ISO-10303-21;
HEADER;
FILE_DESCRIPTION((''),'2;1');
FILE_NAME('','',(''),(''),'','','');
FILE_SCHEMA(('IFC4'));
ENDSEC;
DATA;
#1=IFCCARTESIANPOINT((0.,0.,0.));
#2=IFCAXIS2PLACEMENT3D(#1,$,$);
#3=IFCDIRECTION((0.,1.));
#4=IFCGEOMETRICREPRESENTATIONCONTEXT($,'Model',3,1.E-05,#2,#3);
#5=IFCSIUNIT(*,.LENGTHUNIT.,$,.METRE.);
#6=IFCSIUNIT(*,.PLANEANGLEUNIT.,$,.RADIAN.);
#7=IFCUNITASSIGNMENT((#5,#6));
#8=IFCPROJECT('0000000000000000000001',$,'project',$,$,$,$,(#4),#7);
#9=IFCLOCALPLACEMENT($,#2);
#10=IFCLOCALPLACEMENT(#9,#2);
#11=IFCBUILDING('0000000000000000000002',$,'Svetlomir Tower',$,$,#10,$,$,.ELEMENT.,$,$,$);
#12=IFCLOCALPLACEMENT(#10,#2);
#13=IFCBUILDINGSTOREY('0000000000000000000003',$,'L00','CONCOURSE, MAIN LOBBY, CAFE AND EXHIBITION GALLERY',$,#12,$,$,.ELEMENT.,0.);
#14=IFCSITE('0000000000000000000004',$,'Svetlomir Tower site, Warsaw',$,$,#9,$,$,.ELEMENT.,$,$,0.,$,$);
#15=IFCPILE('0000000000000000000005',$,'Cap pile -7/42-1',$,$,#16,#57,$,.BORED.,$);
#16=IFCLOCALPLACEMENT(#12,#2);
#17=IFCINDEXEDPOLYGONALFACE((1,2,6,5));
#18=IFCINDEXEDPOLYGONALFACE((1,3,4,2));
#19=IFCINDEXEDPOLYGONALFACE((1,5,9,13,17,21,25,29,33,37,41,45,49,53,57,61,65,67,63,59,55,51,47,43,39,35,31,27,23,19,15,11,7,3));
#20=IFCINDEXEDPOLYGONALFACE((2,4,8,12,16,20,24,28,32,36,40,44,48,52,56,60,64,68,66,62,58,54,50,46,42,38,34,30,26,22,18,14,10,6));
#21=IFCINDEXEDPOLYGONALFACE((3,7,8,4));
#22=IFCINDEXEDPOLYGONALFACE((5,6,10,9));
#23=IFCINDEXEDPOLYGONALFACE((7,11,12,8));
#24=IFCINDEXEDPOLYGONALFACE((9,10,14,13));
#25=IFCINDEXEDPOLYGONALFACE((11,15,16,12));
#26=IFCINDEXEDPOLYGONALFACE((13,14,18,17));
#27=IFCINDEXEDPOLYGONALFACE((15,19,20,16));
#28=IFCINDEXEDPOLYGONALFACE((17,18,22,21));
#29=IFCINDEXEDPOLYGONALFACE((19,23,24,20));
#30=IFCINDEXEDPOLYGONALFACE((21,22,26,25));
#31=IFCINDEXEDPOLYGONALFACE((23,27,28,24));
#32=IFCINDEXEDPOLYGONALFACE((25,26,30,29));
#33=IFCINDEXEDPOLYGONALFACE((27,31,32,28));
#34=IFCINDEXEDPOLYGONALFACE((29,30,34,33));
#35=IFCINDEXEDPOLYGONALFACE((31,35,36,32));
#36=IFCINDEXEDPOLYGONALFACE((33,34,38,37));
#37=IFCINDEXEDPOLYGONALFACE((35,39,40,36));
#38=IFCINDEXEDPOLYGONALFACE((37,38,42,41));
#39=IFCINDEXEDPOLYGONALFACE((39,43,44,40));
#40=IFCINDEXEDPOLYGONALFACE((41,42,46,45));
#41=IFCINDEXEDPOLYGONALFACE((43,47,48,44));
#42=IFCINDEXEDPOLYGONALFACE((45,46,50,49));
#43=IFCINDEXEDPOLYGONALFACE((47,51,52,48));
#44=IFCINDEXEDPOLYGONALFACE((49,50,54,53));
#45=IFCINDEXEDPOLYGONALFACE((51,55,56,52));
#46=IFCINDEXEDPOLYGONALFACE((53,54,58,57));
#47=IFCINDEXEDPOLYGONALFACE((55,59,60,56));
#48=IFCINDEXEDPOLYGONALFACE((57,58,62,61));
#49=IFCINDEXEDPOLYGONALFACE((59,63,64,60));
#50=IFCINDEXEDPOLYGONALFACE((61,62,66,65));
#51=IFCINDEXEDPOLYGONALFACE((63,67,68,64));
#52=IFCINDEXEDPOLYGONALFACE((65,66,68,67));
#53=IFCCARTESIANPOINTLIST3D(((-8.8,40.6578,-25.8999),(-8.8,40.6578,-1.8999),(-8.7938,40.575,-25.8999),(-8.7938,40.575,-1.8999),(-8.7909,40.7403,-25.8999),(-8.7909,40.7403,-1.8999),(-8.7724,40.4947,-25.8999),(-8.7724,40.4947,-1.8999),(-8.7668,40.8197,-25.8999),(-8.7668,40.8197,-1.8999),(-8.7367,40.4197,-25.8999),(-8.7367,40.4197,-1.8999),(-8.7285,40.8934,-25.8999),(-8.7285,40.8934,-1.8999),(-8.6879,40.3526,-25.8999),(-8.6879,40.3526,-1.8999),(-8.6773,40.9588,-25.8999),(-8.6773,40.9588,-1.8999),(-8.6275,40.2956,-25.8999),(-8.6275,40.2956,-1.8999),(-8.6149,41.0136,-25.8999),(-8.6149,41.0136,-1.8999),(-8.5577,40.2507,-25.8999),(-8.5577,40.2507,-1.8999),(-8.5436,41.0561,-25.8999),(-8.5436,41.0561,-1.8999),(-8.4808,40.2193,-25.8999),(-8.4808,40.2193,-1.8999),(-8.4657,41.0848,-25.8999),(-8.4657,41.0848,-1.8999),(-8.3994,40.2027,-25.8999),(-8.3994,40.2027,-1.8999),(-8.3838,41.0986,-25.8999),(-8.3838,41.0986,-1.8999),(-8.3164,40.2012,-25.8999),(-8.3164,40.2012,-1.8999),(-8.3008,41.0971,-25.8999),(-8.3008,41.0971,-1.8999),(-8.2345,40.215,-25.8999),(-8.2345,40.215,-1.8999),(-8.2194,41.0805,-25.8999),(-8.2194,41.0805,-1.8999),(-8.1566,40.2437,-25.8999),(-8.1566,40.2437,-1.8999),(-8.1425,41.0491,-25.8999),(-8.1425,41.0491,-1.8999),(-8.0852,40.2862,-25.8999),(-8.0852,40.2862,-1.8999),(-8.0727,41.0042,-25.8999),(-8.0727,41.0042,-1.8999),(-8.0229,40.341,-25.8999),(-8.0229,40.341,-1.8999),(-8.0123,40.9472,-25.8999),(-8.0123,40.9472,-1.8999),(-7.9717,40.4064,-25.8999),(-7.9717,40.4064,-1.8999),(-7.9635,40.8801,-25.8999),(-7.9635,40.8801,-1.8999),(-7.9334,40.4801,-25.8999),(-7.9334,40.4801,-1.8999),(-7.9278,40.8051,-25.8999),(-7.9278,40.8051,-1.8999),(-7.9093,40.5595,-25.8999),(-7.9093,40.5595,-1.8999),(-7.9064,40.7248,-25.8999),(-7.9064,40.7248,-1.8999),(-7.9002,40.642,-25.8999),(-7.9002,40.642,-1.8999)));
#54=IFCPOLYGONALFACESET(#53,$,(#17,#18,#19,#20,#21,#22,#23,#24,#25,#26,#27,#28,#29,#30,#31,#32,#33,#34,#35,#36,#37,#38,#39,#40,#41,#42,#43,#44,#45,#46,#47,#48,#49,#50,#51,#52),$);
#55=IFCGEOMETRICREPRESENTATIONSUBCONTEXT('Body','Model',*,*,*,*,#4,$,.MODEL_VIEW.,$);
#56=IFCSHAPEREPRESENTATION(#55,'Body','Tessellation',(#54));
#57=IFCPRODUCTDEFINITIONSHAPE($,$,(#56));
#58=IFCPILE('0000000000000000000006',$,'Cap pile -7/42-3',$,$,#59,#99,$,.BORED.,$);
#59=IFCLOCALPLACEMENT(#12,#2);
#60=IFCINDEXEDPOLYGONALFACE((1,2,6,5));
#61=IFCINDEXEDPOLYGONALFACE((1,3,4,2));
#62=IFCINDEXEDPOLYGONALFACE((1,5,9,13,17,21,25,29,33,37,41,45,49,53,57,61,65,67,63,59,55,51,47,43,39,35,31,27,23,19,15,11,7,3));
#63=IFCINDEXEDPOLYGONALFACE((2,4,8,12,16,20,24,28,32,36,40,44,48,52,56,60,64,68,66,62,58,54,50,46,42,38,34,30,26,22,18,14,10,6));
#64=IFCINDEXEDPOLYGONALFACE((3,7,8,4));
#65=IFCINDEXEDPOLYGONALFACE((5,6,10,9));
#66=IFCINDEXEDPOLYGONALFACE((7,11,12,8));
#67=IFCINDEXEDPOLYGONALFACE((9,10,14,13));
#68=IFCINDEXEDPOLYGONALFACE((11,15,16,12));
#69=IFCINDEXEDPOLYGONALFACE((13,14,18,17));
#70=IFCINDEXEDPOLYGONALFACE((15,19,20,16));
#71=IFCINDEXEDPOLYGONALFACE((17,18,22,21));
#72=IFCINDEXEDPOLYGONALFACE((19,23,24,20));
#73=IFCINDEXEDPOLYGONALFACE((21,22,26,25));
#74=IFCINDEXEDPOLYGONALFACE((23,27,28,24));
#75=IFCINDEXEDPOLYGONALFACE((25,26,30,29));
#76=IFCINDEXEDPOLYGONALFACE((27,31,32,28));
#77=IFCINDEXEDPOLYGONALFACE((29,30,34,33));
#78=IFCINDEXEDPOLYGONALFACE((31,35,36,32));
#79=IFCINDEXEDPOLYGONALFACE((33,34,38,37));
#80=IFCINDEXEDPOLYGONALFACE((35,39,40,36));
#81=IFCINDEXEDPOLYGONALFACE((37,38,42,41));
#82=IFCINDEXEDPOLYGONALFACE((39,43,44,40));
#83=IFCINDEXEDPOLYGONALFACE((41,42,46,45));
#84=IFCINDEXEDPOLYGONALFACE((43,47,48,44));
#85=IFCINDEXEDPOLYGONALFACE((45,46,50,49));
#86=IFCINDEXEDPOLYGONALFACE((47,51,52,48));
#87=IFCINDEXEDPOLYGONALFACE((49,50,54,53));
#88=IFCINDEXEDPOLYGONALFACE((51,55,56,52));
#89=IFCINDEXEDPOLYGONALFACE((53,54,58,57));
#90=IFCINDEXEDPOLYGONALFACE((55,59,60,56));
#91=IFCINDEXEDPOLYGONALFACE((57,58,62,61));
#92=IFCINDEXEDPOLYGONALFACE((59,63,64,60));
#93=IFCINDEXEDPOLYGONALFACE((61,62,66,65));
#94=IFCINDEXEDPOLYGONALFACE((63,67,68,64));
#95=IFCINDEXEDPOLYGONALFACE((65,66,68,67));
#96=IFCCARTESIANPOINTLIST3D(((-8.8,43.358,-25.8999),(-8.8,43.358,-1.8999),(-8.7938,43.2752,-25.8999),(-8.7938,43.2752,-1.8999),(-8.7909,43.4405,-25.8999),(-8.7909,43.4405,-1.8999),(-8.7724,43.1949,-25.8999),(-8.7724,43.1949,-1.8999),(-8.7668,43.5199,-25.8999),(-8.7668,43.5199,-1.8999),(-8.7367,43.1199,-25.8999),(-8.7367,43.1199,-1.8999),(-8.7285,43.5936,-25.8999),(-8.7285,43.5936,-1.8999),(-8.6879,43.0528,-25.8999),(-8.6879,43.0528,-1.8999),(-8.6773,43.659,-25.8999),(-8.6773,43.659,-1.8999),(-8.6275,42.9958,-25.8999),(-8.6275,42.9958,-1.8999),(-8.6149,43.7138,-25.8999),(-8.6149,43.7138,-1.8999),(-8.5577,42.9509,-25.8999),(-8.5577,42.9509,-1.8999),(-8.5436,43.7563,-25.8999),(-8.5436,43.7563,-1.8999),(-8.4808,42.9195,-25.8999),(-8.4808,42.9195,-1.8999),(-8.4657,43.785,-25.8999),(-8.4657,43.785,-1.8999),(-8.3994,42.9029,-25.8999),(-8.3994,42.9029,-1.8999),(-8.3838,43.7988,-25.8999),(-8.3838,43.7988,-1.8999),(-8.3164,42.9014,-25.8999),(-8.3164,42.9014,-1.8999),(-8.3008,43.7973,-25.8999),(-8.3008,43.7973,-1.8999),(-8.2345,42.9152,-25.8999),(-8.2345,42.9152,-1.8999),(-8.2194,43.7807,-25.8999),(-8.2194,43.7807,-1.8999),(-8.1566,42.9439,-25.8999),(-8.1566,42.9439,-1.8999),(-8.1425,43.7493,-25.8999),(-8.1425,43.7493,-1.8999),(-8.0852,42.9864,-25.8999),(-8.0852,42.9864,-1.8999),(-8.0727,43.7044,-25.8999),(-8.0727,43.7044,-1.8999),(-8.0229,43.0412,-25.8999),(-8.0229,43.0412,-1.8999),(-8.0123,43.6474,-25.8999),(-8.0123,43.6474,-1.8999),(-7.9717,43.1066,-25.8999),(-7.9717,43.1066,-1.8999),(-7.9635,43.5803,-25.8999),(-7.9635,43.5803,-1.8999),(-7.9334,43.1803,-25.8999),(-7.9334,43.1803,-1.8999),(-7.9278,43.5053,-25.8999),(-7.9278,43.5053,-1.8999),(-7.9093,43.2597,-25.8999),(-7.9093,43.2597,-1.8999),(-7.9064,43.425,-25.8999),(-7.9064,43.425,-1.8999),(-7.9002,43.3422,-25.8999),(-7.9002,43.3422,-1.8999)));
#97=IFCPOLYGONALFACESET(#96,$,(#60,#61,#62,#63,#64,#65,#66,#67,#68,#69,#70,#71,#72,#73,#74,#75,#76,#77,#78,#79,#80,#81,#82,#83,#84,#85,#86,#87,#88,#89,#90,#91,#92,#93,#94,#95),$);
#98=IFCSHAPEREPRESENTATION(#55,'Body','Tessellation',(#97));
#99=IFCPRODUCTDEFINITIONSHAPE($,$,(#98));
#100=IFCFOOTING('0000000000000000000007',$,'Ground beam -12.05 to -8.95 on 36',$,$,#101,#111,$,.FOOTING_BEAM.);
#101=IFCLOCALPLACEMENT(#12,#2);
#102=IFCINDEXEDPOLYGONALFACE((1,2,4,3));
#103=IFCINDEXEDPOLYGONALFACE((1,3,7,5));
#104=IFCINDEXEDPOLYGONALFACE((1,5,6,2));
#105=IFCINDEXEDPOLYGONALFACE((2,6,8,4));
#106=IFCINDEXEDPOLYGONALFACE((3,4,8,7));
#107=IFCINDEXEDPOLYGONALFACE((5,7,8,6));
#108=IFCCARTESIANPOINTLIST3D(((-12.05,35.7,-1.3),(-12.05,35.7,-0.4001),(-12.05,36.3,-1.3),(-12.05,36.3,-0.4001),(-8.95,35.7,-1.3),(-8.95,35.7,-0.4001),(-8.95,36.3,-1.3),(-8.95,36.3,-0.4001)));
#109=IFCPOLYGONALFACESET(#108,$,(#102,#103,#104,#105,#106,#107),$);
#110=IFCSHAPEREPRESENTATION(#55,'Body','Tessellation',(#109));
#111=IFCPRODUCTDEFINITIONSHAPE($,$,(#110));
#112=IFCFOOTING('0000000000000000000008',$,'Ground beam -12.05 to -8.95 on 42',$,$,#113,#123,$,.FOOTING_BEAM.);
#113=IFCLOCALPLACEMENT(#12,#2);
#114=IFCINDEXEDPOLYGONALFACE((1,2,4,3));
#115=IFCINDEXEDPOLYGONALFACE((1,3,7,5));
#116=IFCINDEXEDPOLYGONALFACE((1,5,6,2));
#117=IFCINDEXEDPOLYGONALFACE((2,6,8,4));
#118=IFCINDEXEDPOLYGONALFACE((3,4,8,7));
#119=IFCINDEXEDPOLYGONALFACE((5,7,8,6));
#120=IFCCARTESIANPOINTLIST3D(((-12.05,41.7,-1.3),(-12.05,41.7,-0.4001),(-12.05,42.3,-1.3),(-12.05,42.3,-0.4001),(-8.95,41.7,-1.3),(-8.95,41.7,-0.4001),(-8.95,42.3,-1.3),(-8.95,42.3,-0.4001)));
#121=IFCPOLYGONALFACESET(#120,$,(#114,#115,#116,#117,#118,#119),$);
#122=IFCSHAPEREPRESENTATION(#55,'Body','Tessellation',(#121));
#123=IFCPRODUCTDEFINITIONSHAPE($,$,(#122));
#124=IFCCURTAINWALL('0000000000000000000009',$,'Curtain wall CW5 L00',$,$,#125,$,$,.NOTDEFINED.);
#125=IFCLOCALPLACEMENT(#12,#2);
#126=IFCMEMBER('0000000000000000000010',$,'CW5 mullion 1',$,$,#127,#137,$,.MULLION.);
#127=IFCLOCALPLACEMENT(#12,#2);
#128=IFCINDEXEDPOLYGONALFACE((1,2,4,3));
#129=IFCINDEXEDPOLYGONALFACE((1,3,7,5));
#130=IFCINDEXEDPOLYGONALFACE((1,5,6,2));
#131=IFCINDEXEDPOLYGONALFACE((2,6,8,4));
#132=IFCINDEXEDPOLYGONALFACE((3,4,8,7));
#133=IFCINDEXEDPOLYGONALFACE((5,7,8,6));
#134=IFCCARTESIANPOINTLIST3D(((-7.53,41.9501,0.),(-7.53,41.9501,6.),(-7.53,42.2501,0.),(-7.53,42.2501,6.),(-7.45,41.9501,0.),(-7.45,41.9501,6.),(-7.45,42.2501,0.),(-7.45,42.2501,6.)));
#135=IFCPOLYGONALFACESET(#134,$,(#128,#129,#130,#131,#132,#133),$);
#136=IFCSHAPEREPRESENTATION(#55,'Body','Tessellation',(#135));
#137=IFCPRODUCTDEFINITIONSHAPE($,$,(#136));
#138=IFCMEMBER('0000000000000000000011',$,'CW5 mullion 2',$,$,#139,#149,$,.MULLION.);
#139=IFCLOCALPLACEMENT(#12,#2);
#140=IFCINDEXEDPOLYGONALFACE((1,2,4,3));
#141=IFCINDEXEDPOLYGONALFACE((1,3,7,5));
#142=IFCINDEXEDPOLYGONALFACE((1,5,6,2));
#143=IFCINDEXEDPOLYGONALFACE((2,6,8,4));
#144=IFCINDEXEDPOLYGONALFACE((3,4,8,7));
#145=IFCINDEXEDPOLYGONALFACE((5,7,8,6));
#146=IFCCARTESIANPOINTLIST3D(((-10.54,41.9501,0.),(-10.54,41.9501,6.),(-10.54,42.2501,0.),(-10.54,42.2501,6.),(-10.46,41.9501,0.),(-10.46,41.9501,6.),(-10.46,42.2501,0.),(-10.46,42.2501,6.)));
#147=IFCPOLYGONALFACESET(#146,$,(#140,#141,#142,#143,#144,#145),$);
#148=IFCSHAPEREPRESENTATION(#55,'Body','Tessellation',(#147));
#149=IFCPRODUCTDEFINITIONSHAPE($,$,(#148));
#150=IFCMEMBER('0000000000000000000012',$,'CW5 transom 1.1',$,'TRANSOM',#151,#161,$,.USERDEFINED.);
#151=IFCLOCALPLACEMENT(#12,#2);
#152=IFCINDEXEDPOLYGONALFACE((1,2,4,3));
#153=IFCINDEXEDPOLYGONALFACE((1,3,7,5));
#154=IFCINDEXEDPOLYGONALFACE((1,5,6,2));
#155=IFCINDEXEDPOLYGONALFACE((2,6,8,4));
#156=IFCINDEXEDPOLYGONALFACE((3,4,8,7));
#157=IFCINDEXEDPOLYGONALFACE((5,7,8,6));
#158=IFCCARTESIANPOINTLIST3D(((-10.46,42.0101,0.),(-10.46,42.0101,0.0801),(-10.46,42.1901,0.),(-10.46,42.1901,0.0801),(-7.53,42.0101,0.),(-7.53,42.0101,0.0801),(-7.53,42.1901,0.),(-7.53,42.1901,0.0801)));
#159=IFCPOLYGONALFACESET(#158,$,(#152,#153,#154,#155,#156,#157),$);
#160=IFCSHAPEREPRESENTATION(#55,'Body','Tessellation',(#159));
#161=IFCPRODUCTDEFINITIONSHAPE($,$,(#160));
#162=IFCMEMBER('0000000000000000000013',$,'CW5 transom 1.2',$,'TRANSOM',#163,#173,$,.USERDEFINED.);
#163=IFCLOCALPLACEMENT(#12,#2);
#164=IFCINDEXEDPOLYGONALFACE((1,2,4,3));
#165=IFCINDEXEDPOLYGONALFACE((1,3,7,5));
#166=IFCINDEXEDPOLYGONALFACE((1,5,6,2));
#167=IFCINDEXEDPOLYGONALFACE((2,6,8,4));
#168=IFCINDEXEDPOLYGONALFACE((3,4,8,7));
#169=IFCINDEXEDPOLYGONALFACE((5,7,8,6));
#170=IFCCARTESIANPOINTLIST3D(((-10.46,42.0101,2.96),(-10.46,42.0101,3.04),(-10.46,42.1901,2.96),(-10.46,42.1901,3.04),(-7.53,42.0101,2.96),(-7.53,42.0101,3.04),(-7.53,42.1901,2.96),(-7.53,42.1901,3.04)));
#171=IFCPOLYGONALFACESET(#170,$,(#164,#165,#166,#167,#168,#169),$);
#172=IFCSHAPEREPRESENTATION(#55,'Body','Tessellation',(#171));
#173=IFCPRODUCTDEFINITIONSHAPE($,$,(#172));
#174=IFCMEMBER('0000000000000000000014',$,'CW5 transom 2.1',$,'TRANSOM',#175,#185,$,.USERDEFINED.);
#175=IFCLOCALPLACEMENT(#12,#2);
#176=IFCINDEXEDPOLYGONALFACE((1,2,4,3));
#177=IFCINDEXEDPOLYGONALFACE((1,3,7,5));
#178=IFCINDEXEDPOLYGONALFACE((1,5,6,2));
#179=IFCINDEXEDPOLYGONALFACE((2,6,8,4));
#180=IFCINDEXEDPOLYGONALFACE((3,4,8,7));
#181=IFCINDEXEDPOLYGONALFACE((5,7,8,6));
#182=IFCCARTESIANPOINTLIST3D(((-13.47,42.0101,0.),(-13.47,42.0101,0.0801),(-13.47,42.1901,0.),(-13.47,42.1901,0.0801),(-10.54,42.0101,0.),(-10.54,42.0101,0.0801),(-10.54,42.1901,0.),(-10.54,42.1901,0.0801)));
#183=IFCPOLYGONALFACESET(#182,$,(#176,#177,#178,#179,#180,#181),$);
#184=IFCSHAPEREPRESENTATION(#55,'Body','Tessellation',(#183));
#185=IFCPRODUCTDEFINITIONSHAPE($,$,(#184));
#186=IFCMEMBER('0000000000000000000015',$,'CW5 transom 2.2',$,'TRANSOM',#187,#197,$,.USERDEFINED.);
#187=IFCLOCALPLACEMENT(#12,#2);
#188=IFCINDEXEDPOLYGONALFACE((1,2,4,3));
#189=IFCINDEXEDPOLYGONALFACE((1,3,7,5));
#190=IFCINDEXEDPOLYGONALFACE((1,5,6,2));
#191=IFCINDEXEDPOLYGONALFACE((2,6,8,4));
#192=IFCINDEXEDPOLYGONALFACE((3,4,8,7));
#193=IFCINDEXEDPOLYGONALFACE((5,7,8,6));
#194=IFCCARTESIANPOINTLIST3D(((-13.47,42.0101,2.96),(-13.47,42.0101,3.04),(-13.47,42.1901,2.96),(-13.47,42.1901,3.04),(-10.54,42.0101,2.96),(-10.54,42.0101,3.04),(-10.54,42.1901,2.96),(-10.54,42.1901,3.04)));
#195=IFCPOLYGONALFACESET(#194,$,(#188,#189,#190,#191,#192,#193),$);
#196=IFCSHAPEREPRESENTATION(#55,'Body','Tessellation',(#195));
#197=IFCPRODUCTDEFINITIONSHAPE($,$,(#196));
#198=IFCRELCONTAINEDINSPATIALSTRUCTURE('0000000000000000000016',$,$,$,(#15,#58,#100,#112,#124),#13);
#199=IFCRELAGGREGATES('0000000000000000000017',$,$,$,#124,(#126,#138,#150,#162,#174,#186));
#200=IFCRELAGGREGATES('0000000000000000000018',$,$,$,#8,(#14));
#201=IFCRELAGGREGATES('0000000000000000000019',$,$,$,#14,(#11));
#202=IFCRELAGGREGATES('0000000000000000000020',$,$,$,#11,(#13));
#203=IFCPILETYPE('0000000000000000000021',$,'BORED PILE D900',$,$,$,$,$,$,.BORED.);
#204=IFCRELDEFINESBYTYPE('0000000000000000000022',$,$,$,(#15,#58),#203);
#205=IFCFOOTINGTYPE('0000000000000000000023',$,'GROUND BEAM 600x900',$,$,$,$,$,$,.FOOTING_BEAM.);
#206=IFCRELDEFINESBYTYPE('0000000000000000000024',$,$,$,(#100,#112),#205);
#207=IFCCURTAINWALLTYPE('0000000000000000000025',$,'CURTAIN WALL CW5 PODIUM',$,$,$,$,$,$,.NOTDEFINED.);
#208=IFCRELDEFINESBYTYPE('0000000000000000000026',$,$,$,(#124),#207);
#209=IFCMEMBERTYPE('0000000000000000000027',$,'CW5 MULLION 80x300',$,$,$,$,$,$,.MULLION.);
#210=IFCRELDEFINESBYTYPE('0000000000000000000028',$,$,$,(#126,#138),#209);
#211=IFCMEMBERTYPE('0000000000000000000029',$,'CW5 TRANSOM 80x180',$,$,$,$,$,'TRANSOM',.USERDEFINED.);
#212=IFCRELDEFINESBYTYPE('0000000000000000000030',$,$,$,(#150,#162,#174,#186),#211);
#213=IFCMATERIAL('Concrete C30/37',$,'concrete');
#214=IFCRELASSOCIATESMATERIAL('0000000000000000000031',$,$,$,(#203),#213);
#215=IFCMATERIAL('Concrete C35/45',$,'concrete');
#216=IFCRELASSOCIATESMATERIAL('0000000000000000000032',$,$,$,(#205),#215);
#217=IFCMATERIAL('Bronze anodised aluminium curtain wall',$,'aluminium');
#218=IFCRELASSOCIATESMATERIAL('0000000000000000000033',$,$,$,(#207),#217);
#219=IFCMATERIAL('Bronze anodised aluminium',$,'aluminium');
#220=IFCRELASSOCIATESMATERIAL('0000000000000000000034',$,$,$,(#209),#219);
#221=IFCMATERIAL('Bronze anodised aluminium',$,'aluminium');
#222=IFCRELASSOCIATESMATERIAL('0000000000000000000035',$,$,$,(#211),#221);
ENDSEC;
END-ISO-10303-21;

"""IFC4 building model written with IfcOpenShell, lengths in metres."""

from ifc_helpers import new_model, si_unit, direction, frame, frame_2d, origin, origin_2d, place, context, subcontext, project, spatial, rectangle, circle, extrude, material, material_profile, profile_set, type_object, element, aggregate, save


model = new_model("IFC4")

# Units and contexts
model_context = context("Model", 3, precision=1e-05, world=origin(), true_north=direction((0.0, 1.0)))
body_context = subcontext(model_context, "Body", "Model", "MODEL_VIEW")
ifc_project = project(units=[si_unit("LENGTHUNIT", "METRE"), si_unit("PLANEANGLEUNIT", "RADIAN")], contexts=[model_context])

# Site, building, storey
site_placement = place(None, origin())
site = spatial("IfcSite", under=ifc_project, at=site_placement, Name="Svetlomir Tower site, Warsaw", CompositionType="ELEMENT", RefElevation=0.0)
building_placement = place(site_placement, origin())
building = spatial("IfcBuilding", under=site, at=building_placement, Name="Svetlomir Tower", CompositionType="ELEMENT")
storey_placement = place(building_placement, origin())
storey = spatial("IfcBuildingStorey", under=building, at=storey_placement, Name="L00", Description="CONCOURSE, MAIN LOBBY, CAFE AND EXHIBITION GALLERY", CompositionType="ELEMENT", Elevation=0.0)

# Piles
ifc_material_1 = material(Name="Concrete C30/37", Category="concrete")
ifc_material_profile_1 = material_profile(ifc_material_1, circle(Radius=0.45, at=origin_2d()), Name="RC D900")
ifc_profile_set_1 = profile_set([ifc_material_profile_1], Name="Concrete C30/37")
pile_type = type_object("IfcPileType", Name="BORED PILE D900", PredefinedType="BORED", material=ifc_profile_set_1)
for number, where, z_axis, x_axis, name in (
    (1, (-8.3501, 40.6499, -1.8999), (0.0, 0.0, -1.0), (1.0, 0.0, 0.0), "Cap pile -7/42-1"),
    (2, (-8.3501, 43.3501, -1.8999), (0.0, 0.0, -1.0), (1.0, 0.0, 0.0), "Cap pile -7/42-3"),
):
    element("IfcPile", number, at=place(storey_placement, frame(where, z_axis=z_axis, x_axis=x_axis)), inside=storey, type_object=pile_type, Name=name, PredefinedType="BORED", context=body_context, shape_type="SweptSolid", body=[
        extrude(circle(Radius=0.45, at=frame_2d((0.0, 0.0), x_axis=(0.999848, 0.017452))), origin(), (0.0, 0.0, 1.0), 24.0),
    ])

# Footings
ifc_material_2 = material(Name="Concrete C35/45", Category="concrete")
footing_type = type_object("IfcFootingType", Name="GROUND BEAM 600x900", PredefinedType="FOOTING_BEAM", material=ifc_material_2)
for number, where, z_axis, x_axis, name in (
    (3, (-10.5, 36.0, -1.3), (0.0, 0.0, 1.0), (1.0, 0.0, 0.0), "Ground beam -12.05 to -8.95 on 36"),
    (4, (-10.5, 42.0, -1.3), (0.0, 0.0, 1.0), (1.0, 0.0, 0.0), "Ground beam -12.05 to -8.95 on 42"),
):
    element("IfcFooting", number, at=place(storey_placement, frame(where, z_axis=z_axis, x_axis=x_axis)), inside=storey, type_object=footing_type, Name=name, PredefinedType="FOOTING_BEAM", context=body_context, shape_type="SweptSolid", body=[
        extrude(rectangle(XDim=3.1001, YDim=0.6001, at=origin_2d()), origin(), (0.0, 0.0, 1.0), 0.8999),
    ])

# Curtain wall, members
ifc_material_3 = material(Name="Bronze anodised aluminium curtain wall", Category="aluminium")
curtain_wall_type = type_object("IfcCurtainWallType", Name="CURTAIN WALL CW5 PODIUM", PredefinedType="NOTDEFINED", material=ifc_material_3)
curtain_wall_placement = place(storey_placement, origin())
curtain_wall = element("IfcCurtainWall", 5, at=curtain_wall_placement, inside=storey, type_object=curtain_wall_type, Name="Curtain wall CW5 L00", PredefinedType="NOTDEFINED")
ifc_material_4 = material(Name="Bronze anodised aluminium", Category="aluminium")
ifc_material_profile_2 = material_profile(ifc_material_4, rectangle(XDim=0.0801, YDim=0.3, at=origin_2d()), Name="AL 80x300")
ifc_profile_set_2 = profile_set([ifc_material_profile_2], Name="Bronze anodised aluminium 6063-T6")
member_type_1 = type_object("IfcMemberType", Name="CW5 MULLION 80x300", PredefinedType="MULLION", material=ifc_profile_set_2)
member_1_placement = place(storey_placement, frame((-7.49, 42.1001, 0.0), z_axis=(0.0, 0.0, 1.0), x_axis=(-1.0, 0.0, 0.0)))
member_1 = element("IfcMember", 6, at=member_1_placement, type_object=member_type_1, Name="CW5 mullion 1", PredefinedType="MULLION", context=body_context, shape_type="SweptSolid", body=[
    extrude(rectangle(XDim=0.0801, YDim=0.3, at=origin_2d()), origin(), (0.0, 0.0, 1.0), 6.0),
])
member_2_placement = place(storey_placement, frame((-10.5, 42.1001, 0.0), z_axis=(0.0, 0.0, 1.0), x_axis=(-1.0, 0.0, 0.0)))
member_2 = element("IfcMember", 7, at=member_2_placement, type_object=member_type_1, Name="CW5 mullion 2", PredefinedType="MULLION", context=body_context, shape_type="SweptSolid", body=[
    extrude(rectangle(XDim=0.0801, YDim=0.3, at=origin_2d()), origin(), (0.0, 0.0, 1.0), 6.0),
])
ifc_material_5 = material(Name="Bronze anodised aluminium", Category="aluminium")
ifc_material_profile_3 = material_profile(ifc_material_5, rectangle(XDim=0.1799, YDim=0.0801, at=origin_2d()), Name="AL 180x80")
ifc_profile_set_3 = profile_set([ifc_material_profile_3], Name="Bronze anodised aluminium 6063-T6")
member_type_2 = type_object("IfcMemberType", Name="CW5 TRANSOM 80x180", ElementType="TRANSOM", PredefinedType="USERDEFINED", material=ifc_profile_set_3)
member_3_placement = place(storey_placement, frame((-7.53, 42.1001, 0.04), z_axis=(-1.0, 0.0, 0.0), x_axis=(0.0, -1.0, 0.0)))
member_3 = element("IfcMember", 8, at=member_3_placement, type_object=member_type_2, Name="CW5 transom 1.1", ObjectType="TRANSOM", PredefinedType="USERDEFINED", context=body_context, shape_type="SweptSolid", body=[
    extrude(rectangle(XDim=0.1799, YDim=0.0801, at=origin_2d()), origin(), (0.0, 0.0, 1.0), 2.9299),
])
member_4_placement = place(storey_placement, frame((-7.53, 42.1001, 3.0), z_axis=(-1.0, 0.0, 0.0), x_axis=(0.0, -1.0, 0.0)))
member_4 = element("IfcMember", 9, at=member_4_placement, type_object=member_type_2, Name="CW5 transom 1.2", ObjectType="TRANSOM", PredefinedType="USERDEFINED", context=body_context, shape_type="SweptSolid", body=[
    extrude(rectangle(XDim=0.1799, YDim=0.0801, at=origin_2d()), origin(), (0.0, 0.0, 1.0), 2.9299),
])
member_5_placement = place(storey_placement, frame((-10.54, 42.1001, 0.04), z_axis=(-1.0, 0.0, 0.0), x_axis=(0.0, -1.0, 0.0)))
member_5 = element("IfcMember", 10, at=member_5_placement, type_object=member_type_2, Name="CW5 transom 2.1", ObjectType="TRANSOM", PredefinedType="USERDEFINED", context=body_context, shape_type="SweptSolid", body=[
    extrude(rectangle(XDim=0.1799, YDim=0.0801, at=origin_2d()), origin(), (0.0, 0.0, 1.0), 2.9299),
])
member_6_placement = place(storey_placement, frame((-10.54, 42.1001, 3.0), z_axis=(-1.0, 0.0, 0.0), x_axis=(0.0, -1.0, 0.0)))
member_6 = element("IfcMember", 11, at=member_6_placement, type_object=member_type_2, Name="CW5 transom 2.2", ObjectType="TRANSOM", PredefinedType="USERDEFINED", context=body_context, shape_type="SweptSolid", body=[
    extrude(rectangle(XDim=0.1799, YDim=0.0801, at=origin_2d()), origin(), (0.0, 0.0, 1.0), 2.9299),
])
aggregate(curtain_wall, [member_1, member_2, member_3, member_4, member_5, member_6])

save(model, "model.ifc")
